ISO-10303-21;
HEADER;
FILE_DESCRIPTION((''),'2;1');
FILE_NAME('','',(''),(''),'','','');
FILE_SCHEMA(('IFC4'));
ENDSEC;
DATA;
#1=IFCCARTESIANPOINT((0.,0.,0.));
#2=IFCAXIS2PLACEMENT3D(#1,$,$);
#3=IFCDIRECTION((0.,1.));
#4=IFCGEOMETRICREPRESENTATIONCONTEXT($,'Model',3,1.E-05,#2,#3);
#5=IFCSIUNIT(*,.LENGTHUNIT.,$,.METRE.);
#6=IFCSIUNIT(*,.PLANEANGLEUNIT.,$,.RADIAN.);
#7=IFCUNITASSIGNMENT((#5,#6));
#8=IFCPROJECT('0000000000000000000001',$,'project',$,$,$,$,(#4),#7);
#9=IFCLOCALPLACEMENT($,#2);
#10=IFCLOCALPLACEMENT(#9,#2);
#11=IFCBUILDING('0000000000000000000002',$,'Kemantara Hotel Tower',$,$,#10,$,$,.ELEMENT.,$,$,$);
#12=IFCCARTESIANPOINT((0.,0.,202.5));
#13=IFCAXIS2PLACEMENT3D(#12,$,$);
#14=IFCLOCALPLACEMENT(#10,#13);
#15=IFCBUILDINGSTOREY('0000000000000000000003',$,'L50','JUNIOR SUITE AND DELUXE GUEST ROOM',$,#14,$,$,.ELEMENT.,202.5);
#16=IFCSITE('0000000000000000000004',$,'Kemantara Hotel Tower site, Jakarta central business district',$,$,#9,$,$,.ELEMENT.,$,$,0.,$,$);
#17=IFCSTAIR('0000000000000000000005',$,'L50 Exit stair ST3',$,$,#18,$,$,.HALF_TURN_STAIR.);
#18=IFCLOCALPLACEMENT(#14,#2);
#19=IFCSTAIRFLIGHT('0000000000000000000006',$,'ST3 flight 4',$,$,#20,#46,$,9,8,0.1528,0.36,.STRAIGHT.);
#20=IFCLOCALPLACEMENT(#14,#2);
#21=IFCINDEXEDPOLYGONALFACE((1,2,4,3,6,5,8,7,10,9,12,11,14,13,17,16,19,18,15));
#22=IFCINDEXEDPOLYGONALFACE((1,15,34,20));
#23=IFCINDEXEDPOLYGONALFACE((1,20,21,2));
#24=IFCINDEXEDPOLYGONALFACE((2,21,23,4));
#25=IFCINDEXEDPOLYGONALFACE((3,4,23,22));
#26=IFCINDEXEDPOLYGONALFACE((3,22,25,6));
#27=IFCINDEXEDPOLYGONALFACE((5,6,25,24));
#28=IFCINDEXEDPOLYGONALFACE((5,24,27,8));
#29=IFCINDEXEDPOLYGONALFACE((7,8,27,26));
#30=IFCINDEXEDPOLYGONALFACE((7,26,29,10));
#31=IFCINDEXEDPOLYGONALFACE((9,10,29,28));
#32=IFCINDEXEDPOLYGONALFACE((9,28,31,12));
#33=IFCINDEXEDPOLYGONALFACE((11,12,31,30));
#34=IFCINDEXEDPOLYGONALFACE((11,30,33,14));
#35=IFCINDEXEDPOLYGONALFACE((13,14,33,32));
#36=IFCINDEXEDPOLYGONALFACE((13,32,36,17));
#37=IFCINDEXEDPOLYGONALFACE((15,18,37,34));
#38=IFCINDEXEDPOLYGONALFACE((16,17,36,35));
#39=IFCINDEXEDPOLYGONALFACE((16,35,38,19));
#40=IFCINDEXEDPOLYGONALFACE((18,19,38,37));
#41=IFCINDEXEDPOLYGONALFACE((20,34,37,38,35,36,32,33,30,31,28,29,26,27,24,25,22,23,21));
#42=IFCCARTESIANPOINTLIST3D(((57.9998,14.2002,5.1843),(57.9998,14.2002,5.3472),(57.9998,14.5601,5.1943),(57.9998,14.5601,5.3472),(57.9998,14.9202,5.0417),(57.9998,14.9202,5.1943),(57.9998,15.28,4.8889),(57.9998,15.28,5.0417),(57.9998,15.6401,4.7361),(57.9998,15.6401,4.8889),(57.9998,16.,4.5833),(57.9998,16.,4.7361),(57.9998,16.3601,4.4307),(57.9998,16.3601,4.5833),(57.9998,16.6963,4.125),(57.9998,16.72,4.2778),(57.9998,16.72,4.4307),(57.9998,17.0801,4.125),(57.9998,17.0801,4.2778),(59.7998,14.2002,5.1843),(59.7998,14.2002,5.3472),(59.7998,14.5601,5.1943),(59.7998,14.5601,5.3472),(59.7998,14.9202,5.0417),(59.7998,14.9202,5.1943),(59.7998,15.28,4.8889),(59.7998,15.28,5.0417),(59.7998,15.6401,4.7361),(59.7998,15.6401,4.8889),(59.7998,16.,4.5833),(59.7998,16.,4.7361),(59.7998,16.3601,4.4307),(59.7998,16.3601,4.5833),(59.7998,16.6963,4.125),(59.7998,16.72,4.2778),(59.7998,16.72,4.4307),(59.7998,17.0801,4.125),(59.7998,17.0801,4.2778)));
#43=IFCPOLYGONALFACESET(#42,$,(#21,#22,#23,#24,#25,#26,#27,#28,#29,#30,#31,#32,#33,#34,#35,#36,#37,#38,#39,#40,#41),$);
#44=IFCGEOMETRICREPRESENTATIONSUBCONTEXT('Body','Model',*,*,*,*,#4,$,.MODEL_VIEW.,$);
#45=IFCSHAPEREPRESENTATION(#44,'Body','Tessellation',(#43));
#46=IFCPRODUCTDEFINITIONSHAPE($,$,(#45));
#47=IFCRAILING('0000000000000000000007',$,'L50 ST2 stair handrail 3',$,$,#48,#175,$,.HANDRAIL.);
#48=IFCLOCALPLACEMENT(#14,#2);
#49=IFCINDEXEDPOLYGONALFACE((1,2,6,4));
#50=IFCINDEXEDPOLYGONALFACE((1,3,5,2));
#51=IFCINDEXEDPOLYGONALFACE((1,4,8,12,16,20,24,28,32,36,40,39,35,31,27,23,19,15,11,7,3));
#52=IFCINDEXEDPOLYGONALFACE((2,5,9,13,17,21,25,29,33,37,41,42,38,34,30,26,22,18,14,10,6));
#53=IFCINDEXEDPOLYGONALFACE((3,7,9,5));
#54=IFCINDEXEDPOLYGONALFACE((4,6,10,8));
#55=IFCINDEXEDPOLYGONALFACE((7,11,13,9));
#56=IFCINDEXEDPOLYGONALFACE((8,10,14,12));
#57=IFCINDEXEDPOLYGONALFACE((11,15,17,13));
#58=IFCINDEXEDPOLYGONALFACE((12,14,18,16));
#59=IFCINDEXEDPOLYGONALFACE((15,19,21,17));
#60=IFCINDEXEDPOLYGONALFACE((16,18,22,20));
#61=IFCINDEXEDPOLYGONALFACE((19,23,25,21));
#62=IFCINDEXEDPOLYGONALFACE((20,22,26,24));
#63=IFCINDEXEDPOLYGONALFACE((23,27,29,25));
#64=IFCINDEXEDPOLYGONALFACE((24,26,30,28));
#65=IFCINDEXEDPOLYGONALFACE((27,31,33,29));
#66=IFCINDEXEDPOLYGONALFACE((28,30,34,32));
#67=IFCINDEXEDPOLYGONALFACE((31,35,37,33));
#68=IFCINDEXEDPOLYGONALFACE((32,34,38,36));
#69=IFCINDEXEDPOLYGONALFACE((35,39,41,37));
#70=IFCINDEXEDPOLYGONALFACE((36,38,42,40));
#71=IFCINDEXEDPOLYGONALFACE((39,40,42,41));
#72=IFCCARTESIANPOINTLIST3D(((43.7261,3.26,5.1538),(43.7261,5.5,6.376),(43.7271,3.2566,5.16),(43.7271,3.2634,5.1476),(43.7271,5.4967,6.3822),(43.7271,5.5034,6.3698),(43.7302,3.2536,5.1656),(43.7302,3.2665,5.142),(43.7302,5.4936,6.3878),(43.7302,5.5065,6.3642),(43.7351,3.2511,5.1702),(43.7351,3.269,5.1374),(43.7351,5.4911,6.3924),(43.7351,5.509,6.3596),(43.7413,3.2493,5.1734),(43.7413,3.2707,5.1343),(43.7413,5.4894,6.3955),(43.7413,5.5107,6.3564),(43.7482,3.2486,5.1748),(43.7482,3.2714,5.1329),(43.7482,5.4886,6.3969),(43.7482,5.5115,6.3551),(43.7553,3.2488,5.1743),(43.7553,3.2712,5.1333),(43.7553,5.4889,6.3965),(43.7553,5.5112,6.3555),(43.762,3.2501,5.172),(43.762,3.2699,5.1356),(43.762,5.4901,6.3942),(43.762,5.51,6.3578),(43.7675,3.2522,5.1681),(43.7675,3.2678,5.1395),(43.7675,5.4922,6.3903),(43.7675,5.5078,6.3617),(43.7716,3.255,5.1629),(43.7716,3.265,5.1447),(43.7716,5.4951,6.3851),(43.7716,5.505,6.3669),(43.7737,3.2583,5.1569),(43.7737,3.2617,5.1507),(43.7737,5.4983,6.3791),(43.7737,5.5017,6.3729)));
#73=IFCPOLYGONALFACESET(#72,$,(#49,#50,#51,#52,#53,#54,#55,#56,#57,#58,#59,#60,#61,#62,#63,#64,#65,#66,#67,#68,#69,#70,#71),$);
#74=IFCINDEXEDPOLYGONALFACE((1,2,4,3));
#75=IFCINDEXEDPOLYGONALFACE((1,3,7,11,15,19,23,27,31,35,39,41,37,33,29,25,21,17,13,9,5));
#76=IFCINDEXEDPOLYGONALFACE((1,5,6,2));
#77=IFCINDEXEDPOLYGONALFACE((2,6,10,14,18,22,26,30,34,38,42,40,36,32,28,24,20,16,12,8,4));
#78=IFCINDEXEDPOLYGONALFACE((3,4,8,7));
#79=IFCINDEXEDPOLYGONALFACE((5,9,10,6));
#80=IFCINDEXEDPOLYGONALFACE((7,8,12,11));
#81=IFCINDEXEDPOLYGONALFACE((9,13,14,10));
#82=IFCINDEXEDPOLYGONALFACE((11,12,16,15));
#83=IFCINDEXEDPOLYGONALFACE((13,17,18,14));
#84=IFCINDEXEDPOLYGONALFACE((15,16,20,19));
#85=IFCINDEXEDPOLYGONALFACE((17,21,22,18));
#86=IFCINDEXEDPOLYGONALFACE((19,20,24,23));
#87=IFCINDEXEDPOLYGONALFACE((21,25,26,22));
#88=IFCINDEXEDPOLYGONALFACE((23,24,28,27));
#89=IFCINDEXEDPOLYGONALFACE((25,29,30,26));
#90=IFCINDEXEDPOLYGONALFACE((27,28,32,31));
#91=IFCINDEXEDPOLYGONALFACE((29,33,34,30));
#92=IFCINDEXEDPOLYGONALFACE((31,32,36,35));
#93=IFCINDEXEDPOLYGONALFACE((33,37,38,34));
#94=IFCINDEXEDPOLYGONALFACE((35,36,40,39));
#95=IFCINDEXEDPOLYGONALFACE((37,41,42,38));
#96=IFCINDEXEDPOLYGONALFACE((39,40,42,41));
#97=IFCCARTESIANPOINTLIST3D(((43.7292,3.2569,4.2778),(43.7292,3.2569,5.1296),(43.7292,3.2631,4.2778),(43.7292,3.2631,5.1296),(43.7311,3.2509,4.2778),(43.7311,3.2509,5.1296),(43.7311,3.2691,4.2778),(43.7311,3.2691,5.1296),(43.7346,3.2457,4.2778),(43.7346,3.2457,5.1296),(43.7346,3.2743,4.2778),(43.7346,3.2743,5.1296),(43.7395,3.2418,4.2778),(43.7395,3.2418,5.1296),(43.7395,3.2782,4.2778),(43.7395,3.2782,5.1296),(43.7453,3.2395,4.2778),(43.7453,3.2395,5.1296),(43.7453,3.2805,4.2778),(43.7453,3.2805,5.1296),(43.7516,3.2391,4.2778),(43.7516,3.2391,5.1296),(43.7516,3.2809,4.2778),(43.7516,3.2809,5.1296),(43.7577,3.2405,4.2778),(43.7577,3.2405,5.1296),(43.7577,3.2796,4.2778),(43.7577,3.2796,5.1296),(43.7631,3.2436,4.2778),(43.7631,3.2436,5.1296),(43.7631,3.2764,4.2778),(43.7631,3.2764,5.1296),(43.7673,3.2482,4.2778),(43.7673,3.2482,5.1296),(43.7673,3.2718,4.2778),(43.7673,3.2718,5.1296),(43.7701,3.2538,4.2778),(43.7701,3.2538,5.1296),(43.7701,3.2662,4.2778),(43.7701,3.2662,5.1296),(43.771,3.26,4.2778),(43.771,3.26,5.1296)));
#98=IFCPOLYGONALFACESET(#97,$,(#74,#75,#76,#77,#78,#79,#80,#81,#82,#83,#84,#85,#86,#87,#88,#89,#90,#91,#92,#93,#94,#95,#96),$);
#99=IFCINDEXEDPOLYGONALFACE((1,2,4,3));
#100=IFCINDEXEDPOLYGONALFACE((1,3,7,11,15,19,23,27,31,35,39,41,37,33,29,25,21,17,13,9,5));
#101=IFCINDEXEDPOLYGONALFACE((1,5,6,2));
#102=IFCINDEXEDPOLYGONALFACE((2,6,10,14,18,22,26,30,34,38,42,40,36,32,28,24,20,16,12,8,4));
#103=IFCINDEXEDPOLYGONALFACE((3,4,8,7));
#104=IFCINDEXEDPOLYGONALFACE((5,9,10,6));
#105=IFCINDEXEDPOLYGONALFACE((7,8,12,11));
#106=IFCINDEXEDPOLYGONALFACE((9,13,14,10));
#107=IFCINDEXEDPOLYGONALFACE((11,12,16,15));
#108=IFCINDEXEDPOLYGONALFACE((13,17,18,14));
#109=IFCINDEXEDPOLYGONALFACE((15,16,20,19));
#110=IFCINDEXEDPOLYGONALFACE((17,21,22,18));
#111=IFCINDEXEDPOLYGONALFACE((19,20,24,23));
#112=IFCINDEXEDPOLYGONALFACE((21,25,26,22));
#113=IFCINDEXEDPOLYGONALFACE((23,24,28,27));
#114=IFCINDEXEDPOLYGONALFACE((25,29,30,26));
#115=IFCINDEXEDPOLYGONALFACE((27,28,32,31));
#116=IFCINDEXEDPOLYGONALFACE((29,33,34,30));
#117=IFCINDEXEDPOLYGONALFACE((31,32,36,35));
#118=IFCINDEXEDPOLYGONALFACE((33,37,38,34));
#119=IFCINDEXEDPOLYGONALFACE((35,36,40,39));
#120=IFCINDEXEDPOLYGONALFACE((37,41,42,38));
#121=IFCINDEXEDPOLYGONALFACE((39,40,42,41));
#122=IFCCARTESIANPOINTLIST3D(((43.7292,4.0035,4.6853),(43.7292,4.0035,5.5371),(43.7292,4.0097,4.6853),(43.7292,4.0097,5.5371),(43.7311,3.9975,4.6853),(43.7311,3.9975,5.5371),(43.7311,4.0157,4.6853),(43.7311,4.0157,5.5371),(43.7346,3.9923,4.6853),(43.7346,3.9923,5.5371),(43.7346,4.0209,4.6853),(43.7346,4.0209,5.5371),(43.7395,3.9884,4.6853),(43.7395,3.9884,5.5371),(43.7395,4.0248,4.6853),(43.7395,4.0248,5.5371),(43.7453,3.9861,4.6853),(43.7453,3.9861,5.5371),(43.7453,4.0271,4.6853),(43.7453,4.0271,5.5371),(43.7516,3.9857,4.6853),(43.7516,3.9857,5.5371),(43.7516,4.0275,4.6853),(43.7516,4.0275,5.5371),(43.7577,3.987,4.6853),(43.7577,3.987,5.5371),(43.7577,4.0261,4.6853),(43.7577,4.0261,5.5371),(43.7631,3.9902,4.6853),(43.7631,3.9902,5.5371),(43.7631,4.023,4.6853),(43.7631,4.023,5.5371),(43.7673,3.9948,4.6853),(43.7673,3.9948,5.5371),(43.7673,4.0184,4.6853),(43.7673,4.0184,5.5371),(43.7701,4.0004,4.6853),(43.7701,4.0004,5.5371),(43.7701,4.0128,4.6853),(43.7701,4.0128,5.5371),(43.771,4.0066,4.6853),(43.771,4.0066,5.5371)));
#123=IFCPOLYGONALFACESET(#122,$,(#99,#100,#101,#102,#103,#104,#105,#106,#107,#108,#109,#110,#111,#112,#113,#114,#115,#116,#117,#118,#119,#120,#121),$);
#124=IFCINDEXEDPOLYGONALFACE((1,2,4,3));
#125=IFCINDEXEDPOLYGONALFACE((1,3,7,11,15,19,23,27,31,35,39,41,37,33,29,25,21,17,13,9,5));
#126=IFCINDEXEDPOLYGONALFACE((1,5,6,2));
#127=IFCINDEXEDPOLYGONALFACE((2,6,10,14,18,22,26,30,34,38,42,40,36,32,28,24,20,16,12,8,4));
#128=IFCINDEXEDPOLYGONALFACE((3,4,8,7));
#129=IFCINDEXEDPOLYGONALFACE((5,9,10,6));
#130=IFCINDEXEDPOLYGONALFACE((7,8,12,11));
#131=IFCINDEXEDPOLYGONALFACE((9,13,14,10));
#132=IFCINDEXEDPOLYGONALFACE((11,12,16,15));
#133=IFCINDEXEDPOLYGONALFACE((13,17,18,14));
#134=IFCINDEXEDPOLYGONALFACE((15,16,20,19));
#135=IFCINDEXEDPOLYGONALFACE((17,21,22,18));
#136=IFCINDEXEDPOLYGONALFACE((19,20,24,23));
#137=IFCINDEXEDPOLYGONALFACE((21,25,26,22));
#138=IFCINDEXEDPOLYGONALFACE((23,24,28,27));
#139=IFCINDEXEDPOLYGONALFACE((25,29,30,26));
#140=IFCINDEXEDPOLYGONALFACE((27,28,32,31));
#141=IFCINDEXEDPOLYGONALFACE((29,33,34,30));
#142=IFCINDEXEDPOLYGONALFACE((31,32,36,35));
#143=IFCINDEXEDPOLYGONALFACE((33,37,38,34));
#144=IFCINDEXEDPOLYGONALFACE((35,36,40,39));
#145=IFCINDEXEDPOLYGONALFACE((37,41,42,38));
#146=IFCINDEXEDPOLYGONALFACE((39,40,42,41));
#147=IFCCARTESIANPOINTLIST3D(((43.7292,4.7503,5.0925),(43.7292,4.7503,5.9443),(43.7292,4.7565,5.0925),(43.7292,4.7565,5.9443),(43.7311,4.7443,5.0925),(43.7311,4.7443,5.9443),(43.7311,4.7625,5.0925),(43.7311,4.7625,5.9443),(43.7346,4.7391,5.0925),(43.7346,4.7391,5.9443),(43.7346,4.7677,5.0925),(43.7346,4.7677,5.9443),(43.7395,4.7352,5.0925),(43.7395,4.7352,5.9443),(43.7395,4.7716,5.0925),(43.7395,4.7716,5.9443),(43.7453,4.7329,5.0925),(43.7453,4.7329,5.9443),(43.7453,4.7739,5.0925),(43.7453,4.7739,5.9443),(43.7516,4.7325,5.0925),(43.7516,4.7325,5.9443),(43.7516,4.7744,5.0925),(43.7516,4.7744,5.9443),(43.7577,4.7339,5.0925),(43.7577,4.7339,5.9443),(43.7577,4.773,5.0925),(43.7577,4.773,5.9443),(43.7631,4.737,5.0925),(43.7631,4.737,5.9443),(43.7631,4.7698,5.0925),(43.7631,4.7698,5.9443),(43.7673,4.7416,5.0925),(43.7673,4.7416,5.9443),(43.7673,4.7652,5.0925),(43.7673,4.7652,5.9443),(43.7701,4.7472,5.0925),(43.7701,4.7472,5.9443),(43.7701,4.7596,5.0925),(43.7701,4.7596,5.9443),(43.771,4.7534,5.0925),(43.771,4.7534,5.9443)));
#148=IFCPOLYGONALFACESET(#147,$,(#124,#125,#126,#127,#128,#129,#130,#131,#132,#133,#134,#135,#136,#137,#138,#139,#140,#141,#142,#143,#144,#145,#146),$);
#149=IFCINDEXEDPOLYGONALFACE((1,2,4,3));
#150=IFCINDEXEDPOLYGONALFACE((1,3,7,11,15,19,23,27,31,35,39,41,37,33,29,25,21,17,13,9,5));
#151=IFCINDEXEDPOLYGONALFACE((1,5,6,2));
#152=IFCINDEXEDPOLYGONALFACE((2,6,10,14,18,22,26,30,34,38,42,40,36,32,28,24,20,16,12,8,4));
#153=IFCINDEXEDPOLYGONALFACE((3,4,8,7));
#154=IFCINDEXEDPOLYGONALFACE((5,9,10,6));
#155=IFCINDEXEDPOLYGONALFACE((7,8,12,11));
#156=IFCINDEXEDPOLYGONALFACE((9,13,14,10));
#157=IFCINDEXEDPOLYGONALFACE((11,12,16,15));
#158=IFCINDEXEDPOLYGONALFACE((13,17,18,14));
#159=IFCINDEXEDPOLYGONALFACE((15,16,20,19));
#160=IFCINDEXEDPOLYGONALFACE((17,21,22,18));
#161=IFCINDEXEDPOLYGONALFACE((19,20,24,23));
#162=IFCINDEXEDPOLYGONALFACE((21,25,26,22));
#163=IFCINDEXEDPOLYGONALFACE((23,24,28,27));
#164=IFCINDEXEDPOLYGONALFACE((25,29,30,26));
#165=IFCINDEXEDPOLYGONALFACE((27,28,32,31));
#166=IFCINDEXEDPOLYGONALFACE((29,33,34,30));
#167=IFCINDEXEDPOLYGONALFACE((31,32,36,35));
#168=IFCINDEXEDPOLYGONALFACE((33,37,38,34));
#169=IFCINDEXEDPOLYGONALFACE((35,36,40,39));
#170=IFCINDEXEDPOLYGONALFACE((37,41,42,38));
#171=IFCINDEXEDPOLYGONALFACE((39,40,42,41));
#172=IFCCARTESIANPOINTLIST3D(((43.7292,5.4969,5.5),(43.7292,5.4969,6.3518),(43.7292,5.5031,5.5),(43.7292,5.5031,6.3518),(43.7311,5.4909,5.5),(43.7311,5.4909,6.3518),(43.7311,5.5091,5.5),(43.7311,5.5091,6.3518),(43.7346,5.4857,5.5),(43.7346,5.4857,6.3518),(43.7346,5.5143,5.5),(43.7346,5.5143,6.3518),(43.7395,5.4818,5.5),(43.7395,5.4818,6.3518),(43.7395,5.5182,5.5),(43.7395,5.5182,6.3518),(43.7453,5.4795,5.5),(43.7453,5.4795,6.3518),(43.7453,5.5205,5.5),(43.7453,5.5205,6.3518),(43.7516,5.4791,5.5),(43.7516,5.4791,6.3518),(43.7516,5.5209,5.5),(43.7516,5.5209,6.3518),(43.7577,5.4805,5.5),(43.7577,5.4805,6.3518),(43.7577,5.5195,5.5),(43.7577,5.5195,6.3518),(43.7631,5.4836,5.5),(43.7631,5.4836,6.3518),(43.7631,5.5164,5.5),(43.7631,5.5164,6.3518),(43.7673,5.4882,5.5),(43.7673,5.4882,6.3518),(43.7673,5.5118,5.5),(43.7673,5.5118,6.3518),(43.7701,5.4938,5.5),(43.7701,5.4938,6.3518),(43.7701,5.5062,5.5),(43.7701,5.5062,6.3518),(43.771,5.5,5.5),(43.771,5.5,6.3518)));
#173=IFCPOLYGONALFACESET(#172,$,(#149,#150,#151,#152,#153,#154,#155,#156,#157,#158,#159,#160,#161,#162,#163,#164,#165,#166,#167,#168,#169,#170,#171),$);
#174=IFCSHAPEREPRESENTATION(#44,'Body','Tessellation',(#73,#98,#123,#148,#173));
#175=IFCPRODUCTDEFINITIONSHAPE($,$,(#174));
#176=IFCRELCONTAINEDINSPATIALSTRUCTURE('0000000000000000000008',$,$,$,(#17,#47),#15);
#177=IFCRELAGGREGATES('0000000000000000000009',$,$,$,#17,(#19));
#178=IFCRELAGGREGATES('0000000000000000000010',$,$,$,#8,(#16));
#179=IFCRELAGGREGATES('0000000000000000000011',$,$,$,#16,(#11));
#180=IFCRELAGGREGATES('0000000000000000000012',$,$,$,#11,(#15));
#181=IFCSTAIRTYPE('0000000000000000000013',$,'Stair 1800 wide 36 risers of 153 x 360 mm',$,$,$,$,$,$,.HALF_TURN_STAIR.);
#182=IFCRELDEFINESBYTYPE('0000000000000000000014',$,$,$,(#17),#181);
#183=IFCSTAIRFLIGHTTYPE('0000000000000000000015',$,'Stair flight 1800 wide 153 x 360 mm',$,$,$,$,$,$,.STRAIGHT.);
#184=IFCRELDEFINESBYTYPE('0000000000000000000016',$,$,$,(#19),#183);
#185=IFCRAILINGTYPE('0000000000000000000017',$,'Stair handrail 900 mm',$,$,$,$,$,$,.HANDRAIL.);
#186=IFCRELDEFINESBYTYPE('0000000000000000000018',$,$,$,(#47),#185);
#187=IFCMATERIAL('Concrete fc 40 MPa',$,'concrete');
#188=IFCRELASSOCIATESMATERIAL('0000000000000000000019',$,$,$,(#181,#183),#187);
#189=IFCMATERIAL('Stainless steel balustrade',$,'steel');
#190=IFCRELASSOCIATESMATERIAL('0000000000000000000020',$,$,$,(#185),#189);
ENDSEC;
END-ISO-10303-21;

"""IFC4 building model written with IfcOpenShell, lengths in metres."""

from ifc_helpers import new_model, si_unit, direction, frame, origin, origin_2d, place, context, subcontext, project, spatial, polyline, circle, outline, extrude, material, type_object, element, aggregate, save


model = new_model("IFC4")

# Units and contexts
model_context = context("Model", 3, precision=1e-05, world=origin(), true_north=direction((0.0, 1.0)))
body_context = subcontext(model_context, "Body", "Model", "MODEL_VIEW")
ifc_project = project(units=[si_unit("LENGTHUNIT", "METRE"), si_unit("PLANEANGLEUNIT", "RADIAN")], contexts=[model_context])

# Site, building, storey
site_placement = place(None, origin())
site = spatial("IfcSite", under=ifc_project, at=site_placement, Name="Kemantara Hotel Tower site, Jakarta central business district", CompositionType="ELEMENT", RefElevation=0.0)
building_placement = place(site_placement, origin())
building = spatial("IfcBuilding", under=site, at=building_placement, Name="Kemantara Hotel Tower", CompositionType="ELEMENT")
storey_placement = place(building_placement, frame((0.0, 0.0, 202.5)))
storey = spatial("IfcBuildingStorey", under=building, at=storey_placement, Name="L50", Description="JUNIOR SUITE AND DELUXE GUEST ROOM", CompositionType="ELEMENT", Elevation=202.5)

# Shared definitions
ifc_material_1 = material(Name="Concrete fc 40 MPa", Category="concrete")

# Stair, stair flight
stair_type = type_object("IfcStairType", Name="Stair 1800 wide 36 risers of 153 x 360 mm", PredefinedType="HALF_TURN_STAIR", material=ifc_material_1)
stair_placement = place(storey_placement, origin())
stair = element("IfcStair", 1, at=stair_placement, inside=storey, type_object=stair_type, Name="L50 Exit stair ST3", PredefinedType="HALF_TURN_STAIR")
stair_flight_type = type_object("IfcStairFlightType", Name="Stair flight 1800 wide 153 x 360 mm", PredefinedType="STRAIGHT", material=ifc_material_1)
stair_flight_1_placement = place(storey_placement, frame((58.8999, 17.0801, 4.125), z_axis=(0.0, 0.0, 1.0), x_axis=(0.0, -1.0, 0.0)))
stair_flight_1 = element("IfcStairFlight", 2, at=stair_flight_1_placement, type_object=stair_flight_type, Name="ST3 flight 4", NumberOfRisers=9, NumberOfTreads=8, PredefinedType="STRAIGHT", RiserHeight=0.1528, TreadLength=0.36, context=body_context, shape_type="SweptSolid", body=[
    extrude(outline(polyline([(0.0, 0.0), (0.0, 0.1528), (0.3601, 0.1528), (0.3601, 0.3057), (0.72, 0.3057), (0.72, 0.4583), (1.0801, 0.4583), (1.0801, 0.6111), (1.4399, 0.6111), (1.4399, 0.7639), (1.8, 0.7639), (1.8, 0.9167), (2.1599, 0.9167), (2.1599, 1.0693), (2.52, 1.0693), (2.52, 1.2222), (2.8799, 1.2222), (2.8799, 1.375), (2.8799, 1.0593), (0.3838, 0.0), (0.0, 0.0)])), frame((0.0, 0.8999, 0.0), z_axis=(0.0, -1.0, 0.0), x_axis=(1.0, 0.0, 0.0)), (0.0, 0.0, 1.0), 1.8),
])
aggregate(stair, [stair_flight_1])

# Railing
ifc_material_2 = material(Name="Stainless steel balustrade", Category="steel")
railing_type_1 = type_object("IfcRailingType", Name="Stair handrail 900 mm", PredefinedType="HANDRAIL", material=ifc_material_2)
railing_1_placement = place(storey_placement, frame((43.75, 3.26, 4.2778)))
element("IfcRailing", 3, at=railing_1_placement, inside=storey, type_object=railing_type_1, Name="L50 ST2 stair handrail 3", PredefinedType="HANDRAIL", context=body_context, shape_type="SweptSolid", body=[
    extrude(circle(Radius=0.0239, at=origin_2d()), frame((0.0, 0.0, 0.876), z_axis=(0.0, 0.877837, 0.478959), x_axis=(-1.0, 0.0, 0.0)), (0.0, 0.0, 1.0), 2.5518),
    extrude(circle(Radius=0.021, at=origin_2d()), origin(), (0.0, 0.0, 1.0), 0.8518),
    extrude(circle(Radius=0.021, at=origin_2d()), frame((0.0, 0.7466, 0.4075)), (0.0, 0.0, 1.0), 0.8518),
    extrude(circle(Radius=0.021, at=origin_2d()), frame((0.0, 1.4934, 0.8147)), (0.0, 0.0, 1.0), 0.8518),
    extrude(circle(Radius=0.021, at=origin_2d()), frame((0.0, 2.24, 1.2222)), (0.0, 0.0, 1.0), 0.8518),
])

save(model, "model.ifc")
